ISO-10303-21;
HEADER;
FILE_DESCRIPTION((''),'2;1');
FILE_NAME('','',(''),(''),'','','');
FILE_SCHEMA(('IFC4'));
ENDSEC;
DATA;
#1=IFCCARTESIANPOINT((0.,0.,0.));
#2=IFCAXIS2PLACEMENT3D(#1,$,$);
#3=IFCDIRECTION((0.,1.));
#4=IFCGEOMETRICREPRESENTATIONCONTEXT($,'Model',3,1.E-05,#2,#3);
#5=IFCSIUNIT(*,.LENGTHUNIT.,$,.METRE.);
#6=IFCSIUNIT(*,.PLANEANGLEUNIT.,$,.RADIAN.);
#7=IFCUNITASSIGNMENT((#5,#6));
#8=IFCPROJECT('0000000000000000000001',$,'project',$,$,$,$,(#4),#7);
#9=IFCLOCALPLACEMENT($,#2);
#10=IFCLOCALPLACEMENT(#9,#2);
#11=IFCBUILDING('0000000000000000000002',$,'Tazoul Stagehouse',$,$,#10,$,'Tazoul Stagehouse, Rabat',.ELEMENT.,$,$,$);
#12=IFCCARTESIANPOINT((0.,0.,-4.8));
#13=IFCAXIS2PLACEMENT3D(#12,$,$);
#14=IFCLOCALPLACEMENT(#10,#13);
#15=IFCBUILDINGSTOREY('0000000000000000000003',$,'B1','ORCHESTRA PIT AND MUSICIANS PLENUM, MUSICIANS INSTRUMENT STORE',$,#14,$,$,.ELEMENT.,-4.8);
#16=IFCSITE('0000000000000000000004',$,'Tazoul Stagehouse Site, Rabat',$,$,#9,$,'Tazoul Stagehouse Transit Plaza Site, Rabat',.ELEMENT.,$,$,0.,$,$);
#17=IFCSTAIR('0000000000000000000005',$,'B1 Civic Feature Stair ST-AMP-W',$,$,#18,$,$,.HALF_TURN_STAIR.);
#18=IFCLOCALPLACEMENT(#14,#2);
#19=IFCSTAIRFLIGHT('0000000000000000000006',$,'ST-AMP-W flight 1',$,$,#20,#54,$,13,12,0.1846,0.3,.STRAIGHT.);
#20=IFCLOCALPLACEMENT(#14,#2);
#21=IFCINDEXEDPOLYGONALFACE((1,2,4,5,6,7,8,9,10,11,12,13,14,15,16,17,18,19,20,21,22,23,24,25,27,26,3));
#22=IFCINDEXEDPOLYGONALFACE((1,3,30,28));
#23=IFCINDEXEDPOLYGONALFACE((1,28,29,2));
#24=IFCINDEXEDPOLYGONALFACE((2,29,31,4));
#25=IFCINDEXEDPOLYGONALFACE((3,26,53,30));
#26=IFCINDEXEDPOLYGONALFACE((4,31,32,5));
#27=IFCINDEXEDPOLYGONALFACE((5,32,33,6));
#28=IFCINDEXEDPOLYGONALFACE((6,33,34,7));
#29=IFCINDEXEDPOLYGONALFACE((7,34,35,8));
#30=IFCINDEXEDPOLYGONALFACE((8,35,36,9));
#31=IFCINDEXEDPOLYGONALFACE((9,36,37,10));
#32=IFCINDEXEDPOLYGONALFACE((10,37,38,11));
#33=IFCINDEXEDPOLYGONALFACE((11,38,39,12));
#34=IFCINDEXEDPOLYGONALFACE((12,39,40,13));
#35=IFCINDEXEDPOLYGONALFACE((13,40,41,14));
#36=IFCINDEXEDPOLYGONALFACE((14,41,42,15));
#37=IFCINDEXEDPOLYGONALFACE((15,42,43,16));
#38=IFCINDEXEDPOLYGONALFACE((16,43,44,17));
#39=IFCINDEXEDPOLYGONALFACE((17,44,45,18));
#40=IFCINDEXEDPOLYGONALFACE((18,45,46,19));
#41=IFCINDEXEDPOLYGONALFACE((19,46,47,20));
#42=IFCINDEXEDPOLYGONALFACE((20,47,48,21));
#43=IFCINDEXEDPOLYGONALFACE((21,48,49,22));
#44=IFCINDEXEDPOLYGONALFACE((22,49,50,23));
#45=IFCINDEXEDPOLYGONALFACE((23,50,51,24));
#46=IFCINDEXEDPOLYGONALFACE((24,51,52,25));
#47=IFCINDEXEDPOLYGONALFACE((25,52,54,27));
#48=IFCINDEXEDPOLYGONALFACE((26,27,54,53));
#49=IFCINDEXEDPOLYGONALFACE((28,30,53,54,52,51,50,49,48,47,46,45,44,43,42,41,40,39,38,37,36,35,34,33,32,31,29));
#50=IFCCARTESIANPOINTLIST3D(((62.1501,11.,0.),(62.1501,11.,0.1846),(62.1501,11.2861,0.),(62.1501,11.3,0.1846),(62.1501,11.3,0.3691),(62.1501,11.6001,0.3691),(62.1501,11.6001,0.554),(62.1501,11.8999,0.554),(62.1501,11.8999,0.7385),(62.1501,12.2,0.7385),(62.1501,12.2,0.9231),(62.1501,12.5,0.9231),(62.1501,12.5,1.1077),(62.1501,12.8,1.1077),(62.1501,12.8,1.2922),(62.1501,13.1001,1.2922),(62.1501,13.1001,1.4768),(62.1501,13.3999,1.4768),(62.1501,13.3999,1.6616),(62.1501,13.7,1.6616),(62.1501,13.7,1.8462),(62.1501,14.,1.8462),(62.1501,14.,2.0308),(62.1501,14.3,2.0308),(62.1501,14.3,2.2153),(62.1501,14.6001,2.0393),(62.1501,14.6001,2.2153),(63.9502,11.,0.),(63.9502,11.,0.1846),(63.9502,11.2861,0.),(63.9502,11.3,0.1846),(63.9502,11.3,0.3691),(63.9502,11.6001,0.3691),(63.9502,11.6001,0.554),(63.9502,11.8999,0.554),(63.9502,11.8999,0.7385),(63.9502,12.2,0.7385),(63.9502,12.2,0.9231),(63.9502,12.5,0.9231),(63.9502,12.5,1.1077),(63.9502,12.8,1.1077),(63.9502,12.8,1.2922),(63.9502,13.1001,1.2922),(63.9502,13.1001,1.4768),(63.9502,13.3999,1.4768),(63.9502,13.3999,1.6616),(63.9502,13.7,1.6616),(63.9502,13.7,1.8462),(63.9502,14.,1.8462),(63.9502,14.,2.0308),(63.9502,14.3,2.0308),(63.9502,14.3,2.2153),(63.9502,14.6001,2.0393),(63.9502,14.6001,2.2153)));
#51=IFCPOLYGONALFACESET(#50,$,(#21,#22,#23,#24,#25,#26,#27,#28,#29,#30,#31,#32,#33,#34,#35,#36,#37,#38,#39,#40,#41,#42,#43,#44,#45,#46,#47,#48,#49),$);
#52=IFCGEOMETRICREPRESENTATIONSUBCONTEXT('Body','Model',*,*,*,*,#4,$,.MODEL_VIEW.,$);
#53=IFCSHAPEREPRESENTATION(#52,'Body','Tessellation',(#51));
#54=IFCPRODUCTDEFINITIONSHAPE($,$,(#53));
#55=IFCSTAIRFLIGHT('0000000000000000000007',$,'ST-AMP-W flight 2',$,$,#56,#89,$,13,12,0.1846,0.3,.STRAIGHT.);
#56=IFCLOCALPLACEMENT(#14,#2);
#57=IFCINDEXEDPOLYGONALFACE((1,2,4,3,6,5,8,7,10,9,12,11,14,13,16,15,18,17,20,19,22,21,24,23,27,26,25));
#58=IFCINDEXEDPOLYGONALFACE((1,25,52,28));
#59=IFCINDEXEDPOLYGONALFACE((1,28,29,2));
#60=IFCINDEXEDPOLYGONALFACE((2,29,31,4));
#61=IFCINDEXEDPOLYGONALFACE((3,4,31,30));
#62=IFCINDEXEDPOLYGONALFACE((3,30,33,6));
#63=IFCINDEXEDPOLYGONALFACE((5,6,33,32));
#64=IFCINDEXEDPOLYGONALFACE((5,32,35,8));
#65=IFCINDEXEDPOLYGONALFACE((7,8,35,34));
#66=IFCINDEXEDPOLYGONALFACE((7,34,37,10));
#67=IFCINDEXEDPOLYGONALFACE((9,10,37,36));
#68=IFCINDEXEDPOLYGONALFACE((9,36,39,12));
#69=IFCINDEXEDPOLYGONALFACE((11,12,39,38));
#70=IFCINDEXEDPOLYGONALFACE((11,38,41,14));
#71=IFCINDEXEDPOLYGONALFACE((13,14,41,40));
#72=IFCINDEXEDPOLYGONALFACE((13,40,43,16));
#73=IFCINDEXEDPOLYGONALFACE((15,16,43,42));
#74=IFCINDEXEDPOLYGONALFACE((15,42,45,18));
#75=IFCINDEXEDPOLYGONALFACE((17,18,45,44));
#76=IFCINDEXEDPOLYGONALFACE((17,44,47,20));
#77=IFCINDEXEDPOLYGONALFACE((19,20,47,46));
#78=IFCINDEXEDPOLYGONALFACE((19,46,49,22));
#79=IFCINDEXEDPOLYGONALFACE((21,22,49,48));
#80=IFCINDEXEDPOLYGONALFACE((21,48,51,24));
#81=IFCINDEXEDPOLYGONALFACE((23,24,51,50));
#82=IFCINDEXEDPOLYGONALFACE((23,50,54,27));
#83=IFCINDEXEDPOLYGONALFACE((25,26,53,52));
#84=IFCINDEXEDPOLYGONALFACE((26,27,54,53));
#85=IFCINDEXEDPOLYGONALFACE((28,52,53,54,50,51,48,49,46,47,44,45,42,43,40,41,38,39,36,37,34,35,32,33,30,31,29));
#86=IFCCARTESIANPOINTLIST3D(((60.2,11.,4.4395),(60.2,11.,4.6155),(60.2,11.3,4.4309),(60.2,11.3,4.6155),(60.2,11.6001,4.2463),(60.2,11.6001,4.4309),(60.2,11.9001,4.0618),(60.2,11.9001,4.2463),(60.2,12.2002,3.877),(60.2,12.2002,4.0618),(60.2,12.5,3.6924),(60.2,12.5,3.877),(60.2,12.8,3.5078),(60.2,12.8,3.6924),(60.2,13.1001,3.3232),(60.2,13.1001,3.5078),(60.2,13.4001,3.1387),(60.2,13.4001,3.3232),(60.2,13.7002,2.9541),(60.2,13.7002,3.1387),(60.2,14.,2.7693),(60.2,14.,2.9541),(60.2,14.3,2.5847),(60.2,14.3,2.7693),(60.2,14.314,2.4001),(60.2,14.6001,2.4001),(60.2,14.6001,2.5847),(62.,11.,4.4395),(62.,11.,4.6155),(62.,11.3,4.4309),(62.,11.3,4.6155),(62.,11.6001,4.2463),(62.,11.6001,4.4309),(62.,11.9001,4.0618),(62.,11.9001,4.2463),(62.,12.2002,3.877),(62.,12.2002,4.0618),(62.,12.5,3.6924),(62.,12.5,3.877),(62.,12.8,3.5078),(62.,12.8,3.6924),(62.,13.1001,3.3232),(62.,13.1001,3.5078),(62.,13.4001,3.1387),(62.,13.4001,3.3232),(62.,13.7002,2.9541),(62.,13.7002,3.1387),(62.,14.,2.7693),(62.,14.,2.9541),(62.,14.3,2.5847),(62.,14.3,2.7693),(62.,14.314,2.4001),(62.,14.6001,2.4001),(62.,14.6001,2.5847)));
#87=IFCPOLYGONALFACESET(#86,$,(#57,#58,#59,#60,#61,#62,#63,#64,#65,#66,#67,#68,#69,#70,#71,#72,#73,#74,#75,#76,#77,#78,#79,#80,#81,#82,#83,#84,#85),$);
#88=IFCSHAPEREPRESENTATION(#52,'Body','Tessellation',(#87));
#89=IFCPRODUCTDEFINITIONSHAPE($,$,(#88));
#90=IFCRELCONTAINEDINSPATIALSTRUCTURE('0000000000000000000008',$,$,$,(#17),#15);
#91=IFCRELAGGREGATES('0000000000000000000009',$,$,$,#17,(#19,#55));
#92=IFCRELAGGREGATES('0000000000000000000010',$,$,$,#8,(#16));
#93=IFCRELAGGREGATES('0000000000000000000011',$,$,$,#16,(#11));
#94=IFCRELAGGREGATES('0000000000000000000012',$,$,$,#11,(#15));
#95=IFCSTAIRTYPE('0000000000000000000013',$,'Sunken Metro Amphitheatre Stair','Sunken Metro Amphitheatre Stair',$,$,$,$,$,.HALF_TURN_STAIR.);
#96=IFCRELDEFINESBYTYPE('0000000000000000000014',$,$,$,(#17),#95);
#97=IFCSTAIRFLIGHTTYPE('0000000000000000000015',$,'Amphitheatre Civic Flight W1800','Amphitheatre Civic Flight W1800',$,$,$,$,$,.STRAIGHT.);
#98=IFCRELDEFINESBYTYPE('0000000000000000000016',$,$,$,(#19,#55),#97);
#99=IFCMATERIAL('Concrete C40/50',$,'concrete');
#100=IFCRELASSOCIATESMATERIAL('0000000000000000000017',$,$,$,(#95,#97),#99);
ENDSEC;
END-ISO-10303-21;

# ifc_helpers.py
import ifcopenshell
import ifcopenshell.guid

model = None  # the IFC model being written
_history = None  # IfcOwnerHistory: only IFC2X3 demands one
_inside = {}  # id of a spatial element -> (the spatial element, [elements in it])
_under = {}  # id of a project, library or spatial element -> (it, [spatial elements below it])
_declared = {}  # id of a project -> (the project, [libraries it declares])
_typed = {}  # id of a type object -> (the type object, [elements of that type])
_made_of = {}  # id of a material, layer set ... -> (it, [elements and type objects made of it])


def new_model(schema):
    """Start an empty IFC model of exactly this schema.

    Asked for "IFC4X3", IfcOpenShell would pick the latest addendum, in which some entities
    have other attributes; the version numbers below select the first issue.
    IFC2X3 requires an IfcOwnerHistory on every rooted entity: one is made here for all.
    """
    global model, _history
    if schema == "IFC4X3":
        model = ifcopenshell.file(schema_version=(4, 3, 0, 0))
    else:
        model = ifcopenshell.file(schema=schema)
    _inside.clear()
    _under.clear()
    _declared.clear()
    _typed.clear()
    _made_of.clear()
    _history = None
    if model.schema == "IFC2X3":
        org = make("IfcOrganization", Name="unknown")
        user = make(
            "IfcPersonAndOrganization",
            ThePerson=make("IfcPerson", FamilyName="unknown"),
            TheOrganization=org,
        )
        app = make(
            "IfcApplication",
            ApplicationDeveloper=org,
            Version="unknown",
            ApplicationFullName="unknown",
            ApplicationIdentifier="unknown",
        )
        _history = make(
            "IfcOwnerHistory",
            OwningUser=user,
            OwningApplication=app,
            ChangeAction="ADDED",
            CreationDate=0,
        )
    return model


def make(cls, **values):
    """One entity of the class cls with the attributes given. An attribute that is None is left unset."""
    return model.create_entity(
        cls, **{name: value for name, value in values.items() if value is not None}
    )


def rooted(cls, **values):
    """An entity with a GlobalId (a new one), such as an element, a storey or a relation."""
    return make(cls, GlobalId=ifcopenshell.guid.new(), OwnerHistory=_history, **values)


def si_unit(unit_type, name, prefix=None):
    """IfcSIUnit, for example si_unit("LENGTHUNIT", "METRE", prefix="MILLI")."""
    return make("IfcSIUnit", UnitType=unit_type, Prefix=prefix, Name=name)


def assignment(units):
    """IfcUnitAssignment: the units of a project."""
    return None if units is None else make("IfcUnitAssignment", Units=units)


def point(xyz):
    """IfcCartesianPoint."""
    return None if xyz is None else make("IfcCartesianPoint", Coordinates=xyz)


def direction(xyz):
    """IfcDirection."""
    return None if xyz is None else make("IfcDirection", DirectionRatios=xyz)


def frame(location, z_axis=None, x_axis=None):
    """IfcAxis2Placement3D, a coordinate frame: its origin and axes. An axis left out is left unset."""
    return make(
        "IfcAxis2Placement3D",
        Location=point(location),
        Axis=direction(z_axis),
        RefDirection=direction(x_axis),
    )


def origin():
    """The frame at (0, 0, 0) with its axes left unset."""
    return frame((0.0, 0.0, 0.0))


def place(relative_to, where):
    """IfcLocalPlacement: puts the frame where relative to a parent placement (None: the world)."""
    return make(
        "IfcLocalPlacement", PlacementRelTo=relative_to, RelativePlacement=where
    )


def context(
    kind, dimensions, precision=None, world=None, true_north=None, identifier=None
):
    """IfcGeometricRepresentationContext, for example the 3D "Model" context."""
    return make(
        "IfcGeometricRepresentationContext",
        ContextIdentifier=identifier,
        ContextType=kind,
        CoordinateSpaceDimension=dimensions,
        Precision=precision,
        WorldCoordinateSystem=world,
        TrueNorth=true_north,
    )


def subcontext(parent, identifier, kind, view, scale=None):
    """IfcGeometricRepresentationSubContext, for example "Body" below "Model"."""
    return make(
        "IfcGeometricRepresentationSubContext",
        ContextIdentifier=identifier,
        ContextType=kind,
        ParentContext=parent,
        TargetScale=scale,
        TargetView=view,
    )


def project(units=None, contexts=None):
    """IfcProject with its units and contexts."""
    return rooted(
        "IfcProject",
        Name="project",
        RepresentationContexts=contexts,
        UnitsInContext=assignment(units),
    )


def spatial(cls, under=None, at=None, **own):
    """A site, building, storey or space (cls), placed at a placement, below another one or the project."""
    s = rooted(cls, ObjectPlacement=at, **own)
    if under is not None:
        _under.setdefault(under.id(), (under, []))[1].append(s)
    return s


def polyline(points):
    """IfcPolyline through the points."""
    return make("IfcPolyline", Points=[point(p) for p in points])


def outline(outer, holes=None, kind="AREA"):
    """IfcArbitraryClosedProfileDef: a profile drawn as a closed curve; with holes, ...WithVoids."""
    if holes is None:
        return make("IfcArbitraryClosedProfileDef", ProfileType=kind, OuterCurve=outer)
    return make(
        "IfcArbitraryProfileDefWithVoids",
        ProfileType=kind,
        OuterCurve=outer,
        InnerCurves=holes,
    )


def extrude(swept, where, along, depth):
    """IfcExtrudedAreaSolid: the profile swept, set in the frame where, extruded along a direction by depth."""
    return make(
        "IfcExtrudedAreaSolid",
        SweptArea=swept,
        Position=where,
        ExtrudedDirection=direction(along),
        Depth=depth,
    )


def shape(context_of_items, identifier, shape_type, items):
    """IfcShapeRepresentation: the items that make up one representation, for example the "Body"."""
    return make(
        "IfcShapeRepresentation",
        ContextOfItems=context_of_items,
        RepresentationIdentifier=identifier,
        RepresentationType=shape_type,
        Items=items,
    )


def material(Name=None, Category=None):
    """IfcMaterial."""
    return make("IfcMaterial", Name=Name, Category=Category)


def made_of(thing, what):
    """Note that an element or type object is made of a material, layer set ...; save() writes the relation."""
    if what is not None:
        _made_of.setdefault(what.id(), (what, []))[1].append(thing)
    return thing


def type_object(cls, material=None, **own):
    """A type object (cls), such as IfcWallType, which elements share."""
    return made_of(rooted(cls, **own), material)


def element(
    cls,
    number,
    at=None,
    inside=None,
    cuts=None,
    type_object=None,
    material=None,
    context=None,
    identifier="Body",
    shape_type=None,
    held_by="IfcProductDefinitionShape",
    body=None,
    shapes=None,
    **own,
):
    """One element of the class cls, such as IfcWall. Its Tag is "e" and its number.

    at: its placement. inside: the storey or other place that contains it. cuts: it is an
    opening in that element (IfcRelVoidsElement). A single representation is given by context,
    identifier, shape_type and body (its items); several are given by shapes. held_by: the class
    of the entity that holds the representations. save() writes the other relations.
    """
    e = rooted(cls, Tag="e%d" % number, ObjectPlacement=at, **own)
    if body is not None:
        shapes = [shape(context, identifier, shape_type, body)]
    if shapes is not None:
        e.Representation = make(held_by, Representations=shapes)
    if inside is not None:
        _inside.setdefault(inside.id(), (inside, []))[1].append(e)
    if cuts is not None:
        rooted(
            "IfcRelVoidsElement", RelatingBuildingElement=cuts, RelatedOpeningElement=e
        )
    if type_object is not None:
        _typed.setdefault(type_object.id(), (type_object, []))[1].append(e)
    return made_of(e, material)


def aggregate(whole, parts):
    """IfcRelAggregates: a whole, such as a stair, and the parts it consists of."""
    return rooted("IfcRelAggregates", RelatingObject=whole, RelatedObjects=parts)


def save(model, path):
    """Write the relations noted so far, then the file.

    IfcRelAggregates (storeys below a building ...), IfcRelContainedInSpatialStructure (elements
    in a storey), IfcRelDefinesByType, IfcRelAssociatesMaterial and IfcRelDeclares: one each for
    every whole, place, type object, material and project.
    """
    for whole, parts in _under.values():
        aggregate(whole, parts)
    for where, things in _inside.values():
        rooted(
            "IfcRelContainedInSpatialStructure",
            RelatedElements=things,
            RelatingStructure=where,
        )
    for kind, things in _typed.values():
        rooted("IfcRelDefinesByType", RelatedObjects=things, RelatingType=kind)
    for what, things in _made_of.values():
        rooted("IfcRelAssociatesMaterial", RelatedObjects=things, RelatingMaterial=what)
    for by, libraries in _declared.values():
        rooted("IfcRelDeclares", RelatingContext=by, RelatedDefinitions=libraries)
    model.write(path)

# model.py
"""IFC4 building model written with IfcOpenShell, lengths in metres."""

from ifc_helpers import new_model, si_unit, direction, frame, origin, place, context, subcontext, project, spatial, polyline, outline, extrude, material, type_object, element, aggregate, save


model = new_model("IFC4")

# Units and contexts
model_context = context("Model", 3, precision=1e-05, world=origin(), true_north=direction((0.0, 1.0)))
body_context = subcontext(model_context, "Body", "Model", "MODEL_VIEW")
ifc_project = project(units=[si_unit("LENGTHUNIT", "METRE"), si_unit("PLANEANGLEUNIT", "RADIAN")], contexts=[model_context])

# Site, building, storey
site_placement = place(None, origin())
site = spatial("IfcSite", under=ifc_project, at=site_placement, Name="Tazoul Stagehouse Site, Rabat", LongName="Tazoul Stagehouse Transit Plaza Site, Rabat", CompositionType="ELEMENT", RefElevation=0.0)
building_placement = place(site_placement, origin())
building = spatial("IfcBuilding", under=site, at=building_placement, Name="Tazoul Stagehouse", LongName="Tazoul Stagehouse, Rabat", CompositionType="ELEMENT")
storey_placement = place(building_placement, frame((0.0, 0.0, -4.8)))
storey = spatial("IfcBuildingStorey", under=building, at=storey_placement, Name="B1", Description="ORCHESTRA PIT AND MUSICIANS PLENUM, MUSICIANS INSTRUMENT STORE", CompositionType="ELEMENT", Elevation=-4.8)

# Shared definitions
ifc_material_1 = material(Name="Concrete C40/50", Category="concrete")

# Stair, stair flights
stair_type = type_object("IfcStairType", Name="Sunken Metro Amphitheatre Stair", Description="Sunken Metro Amphitheatre Stair", PredefinedType="HALF_TURN_STAIR", material=ifc_material_1)
stair_placement = place(storey_placement, origin())
stair = element("IfcStair", 1, at=stair_placement, inside=storey, type_object=stair_type, Name="B1 Civic Feature Stair ST-AMP-W", PredefinedType="HALF_TURN_STAIR")
stair_flight_type = type_object("IfcStairFlightType", Name="Amphitheatre Civic Flight W1800", Description="Amphitheatre Civic Flight W1800", PredefinedType="STRAIGHT", material=ifc_material_1)
stair_flight_1_placement = place(storey_placement, frame((63.05, 11.0, 0.0), z_axis=(0.0, 0.0, 1.0), x_axis=(0.0, 1.0, 0.0)))
stair_flight_1 = element("IfcStairFlight", 2, at=stair_flight_1_placement, type_object=stair_flight_type, Name="ST-AMP-W flight 1", NumberOfRisers=13, NumberOfTreads=12, PredefinedType="STRAIGHT", RiserHeight=0.1846, TreadLength=0.3, context=body_context, shape_type="SweptSolid", body=[
    extrude(outline(polyline([(0.0, 0.0), (0.0, 0.1846), (0.3, 0.1846), (0.3, 0.3691), (0.6001, 0.3691), (0.6001, 0.554), (0.8999, 0.554), (0.8999, 0.7385), (1.2, 0.7385), (1.2, 0.9231), (1.5, 0.9231), (1.5, 1.1077), (1.8, 1.1077), (1.8, 1.2922), (2.1001, 1.2922), (2.1001, 1.4768), (2.3999, 1.4768), (2.3999, 1.6616), (2.7, 1.6616), (2.7, 1.8462), (3.0, 1.8462), (3.0, 2.0308), (3.3, 2.0308), (3.3, 2.2153), (3.6001, 2.2153), (3.6001, 2.3999), (3.6001, 2.0393), (0.2861, 0.0), (0.0, 0.0)])), frame((0.0, 0.8999, 0.0), z_axis=(0.0, -1.0, 0.0), x_axis=(1.0, 0.0, 0.0)), (0.0, 0.0, 1.0), 1.8),
])
stair_flight_2_placement = place(storey_placement, frame((61.1001, 14.6001, 2.4001), z_axis=(0.0, 0.0, 1.0), x_axis=(0.0, -1.0, 0.0)))
stair_flight_2 = element("IfcStairFlight", 3, at=stair_flight_2_placement, type_object=stair_flight_type, Name="ST-AMP-W flight 2", NumberOfRisers=13, NumberOfTreads=12, PredefinedType="STRAIGHT", RiserHeight=0.1846, TreadLength=0.3, context=body_context, shape_type="SweptSolid", body=[
    extrude(outline(polyline([(0.0, 0.0), (0.0, 0.1846), (0.3, 0.1846), (0.3, 0.3691), (0.6001, 0.3691), (0.6001, 0.554), (0.8999, 0.554), (0.8999, 0.7385), (1.2, 0.7385), (1.2, 0.9231), (1.5, 0.9231), (1.5, 1.1077), (1.8, 1.1077), (1.8, 1.2922), (2.1001, 1.2922), (2.1001, 1.4768), (2.3999, 1.4768), (2.3999, 1.6616), (2.7, 1.6616), (2.7, 1.8462), (3.0, 1.8462), (3.0, 2.0308), (3.3, 2.0308), (3.3, 2.2153), (3.6001, 2.2153), (3.6001, 2.3999), (3.6001, 2.0393), (0.2861, 0.0), (0.0, 0.0)])), frame((0.0, 0.8999, 0.0), z_axis=(0.0, -1.0, 0.0), x_axis=(1.0, 0.0, 0.0)), (0.0, 0.0, 1.0), 1.8),
])
aggregate(stair, [stair_flight_1, stair_flight_2])

save(model, "model.ifc")
